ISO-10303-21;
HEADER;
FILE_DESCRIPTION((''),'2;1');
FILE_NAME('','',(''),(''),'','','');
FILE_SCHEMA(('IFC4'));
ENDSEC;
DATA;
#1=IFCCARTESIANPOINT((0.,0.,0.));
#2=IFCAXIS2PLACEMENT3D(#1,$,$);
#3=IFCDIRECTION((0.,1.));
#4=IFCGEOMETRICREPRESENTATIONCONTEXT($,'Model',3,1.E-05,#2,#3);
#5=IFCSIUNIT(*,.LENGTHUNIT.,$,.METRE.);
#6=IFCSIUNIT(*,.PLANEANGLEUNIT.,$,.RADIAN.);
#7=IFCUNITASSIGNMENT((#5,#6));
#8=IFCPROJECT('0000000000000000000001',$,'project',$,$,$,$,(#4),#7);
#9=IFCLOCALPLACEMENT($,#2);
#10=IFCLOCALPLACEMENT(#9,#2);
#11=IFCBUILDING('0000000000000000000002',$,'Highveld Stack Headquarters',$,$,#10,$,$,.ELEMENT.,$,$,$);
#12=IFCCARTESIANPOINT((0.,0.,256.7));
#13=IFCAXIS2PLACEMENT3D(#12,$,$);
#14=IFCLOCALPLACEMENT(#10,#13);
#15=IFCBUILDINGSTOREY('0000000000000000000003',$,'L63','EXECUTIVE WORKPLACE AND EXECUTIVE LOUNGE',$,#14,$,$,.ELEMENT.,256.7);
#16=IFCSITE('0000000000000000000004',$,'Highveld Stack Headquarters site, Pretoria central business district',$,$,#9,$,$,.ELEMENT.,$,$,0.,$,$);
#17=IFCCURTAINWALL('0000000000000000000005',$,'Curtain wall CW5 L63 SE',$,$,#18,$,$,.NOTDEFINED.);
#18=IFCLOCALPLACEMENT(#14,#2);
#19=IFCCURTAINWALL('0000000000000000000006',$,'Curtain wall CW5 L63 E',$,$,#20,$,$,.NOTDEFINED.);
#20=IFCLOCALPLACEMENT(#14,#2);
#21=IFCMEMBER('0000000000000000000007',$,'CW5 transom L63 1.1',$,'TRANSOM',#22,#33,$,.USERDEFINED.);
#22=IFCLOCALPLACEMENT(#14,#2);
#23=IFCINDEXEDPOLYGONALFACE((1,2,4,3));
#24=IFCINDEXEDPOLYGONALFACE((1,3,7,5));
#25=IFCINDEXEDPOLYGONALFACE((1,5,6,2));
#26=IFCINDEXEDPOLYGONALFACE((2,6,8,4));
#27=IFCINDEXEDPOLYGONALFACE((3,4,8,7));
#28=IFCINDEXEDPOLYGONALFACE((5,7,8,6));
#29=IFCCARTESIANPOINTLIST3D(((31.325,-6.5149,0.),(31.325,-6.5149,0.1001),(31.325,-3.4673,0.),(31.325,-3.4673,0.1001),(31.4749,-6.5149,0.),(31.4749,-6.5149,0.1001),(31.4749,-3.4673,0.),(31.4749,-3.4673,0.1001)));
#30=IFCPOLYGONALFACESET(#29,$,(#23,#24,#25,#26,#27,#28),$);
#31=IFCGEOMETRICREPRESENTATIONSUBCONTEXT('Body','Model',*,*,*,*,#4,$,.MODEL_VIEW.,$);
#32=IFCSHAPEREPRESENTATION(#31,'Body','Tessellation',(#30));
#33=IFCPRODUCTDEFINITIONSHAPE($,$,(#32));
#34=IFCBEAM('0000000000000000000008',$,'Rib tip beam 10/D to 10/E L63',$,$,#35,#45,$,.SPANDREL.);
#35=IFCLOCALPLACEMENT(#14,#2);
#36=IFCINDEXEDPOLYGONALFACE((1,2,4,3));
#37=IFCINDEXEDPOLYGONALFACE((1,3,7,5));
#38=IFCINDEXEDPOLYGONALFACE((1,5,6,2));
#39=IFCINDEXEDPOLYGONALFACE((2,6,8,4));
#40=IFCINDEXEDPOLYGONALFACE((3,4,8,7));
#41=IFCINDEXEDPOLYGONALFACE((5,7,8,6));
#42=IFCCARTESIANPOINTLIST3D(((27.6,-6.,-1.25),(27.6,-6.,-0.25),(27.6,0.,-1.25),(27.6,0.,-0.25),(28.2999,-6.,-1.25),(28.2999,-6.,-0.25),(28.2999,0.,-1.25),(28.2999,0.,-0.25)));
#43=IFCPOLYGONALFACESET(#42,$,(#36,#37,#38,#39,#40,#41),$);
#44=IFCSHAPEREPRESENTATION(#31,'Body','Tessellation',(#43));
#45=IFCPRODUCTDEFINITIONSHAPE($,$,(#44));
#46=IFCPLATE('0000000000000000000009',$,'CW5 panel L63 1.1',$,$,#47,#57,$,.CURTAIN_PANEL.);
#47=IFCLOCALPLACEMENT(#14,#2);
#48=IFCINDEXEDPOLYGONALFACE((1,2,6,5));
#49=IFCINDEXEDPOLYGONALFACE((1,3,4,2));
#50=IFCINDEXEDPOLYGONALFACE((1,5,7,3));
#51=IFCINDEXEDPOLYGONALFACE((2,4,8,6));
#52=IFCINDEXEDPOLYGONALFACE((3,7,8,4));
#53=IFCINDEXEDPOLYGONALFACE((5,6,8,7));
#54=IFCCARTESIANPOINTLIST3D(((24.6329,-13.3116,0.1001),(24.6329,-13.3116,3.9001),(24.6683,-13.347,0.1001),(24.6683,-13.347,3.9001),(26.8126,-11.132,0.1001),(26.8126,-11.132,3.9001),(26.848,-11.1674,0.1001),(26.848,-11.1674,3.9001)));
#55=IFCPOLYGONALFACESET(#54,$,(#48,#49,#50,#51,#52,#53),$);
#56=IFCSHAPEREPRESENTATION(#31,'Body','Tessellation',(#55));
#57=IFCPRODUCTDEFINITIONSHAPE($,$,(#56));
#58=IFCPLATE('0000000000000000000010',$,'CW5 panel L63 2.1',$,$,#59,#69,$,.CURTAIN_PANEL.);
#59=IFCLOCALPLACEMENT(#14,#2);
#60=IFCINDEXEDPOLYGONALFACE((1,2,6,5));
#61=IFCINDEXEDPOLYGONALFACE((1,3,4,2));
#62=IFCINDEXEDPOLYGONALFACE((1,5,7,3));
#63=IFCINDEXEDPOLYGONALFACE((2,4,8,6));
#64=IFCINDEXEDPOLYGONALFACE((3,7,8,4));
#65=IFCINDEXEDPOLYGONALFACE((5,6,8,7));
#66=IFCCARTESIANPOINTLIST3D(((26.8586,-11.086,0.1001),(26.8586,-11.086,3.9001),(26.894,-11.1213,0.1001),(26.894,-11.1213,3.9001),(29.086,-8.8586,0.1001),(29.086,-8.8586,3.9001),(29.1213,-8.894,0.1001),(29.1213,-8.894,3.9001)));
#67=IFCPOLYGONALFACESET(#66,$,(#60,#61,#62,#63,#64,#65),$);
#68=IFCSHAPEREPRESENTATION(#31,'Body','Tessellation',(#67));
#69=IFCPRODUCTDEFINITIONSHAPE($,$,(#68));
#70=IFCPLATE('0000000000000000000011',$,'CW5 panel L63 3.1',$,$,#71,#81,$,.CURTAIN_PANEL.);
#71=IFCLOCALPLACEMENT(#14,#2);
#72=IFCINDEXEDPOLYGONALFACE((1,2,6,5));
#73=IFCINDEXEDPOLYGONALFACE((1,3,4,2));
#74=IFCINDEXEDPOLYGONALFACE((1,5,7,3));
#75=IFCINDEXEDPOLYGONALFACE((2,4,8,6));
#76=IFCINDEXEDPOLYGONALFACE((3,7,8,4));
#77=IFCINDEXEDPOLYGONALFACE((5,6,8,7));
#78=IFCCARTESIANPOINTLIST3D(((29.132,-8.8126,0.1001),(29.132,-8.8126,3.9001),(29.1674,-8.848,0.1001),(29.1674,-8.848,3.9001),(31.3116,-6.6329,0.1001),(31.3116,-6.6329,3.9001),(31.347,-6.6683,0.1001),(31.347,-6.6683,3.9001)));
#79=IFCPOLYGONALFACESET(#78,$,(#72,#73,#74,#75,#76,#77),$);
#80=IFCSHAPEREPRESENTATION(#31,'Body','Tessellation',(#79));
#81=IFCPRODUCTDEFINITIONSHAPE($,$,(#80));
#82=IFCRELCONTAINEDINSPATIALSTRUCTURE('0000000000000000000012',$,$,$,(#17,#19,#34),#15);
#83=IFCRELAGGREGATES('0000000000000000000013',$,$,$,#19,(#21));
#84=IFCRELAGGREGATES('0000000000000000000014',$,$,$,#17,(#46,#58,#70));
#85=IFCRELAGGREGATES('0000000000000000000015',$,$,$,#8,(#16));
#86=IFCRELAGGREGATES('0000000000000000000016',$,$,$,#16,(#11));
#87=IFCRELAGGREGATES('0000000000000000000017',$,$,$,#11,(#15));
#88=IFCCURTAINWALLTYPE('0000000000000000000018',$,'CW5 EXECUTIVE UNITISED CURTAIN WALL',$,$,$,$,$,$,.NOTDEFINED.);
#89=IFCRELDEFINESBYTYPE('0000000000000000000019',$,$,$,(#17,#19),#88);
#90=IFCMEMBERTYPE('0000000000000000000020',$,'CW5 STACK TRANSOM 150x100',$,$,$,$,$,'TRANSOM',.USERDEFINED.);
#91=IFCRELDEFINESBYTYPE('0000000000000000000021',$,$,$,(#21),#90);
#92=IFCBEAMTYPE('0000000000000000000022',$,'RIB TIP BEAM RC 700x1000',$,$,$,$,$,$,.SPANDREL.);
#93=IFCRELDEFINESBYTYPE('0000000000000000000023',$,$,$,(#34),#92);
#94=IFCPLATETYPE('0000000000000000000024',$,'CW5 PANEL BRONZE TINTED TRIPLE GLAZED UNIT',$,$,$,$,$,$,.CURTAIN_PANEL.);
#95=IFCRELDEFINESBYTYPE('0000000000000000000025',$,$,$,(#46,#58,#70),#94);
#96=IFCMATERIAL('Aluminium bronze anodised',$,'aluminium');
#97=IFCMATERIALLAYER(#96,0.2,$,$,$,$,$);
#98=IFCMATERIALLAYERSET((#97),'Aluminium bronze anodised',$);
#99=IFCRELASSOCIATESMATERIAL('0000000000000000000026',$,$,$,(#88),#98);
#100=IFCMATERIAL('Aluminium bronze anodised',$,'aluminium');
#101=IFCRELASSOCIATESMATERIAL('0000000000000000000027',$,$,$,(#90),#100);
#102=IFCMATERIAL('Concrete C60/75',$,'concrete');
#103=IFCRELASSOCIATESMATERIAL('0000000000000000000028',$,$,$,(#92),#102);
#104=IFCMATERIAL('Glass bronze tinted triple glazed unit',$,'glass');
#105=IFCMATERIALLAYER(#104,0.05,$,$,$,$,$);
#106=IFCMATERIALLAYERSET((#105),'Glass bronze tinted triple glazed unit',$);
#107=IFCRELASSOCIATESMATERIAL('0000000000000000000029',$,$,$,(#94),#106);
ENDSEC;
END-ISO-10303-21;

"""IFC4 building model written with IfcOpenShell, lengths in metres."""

from ifc_helpers import new_model, si_unit, direction, frame, origin, origin_2d, place, context, subcontext, project, spatial, rectangle, extrude, material, layer, layer_set, material_profile, profile_set, type_object, element, aggregate, save


model = new_model("IFC4")

# Units and contexts
model_context = context("Model", 3, precision=1e-05, world=origin(), true_north=direction((0.0, 1.0)))
body_context = subcontext(model_context, "Body", "Model", "MODEL_VIEW")
ifc_project = project(units=[si_unit("LENGTHUNIT", "METRE"), si_unit("PLANEANGLEUNIT", "RADIAN")], contexts=[model_context])

# Site, building, storey
site_placement = place(None, origin())
site = spatial("IfcSite", under=ifc_project, at=site_placement, Name="Highveld Stack Headquarters site, Pretoria central business district", CompositionType="ELEMENT", RefElevation=0.0)
building_placement = place(site_placement, origin())
building = spatial("IfcBuilding", under=site, at=building_placement, Name="Highveld Stack Headquarters", CompositionType="ELEMENT")
storey_placement = place(building_placement, frame((0.0, 0.0, 256.7)))
storey = spatial("IfcBuildingStorey", under=building, at=storey_placement, Name="L63", Description="EXECUTIVE WORKPLACE AND EXECUTIVE LOUNGE", CompositionType="ELEMENT", Elevation=256.7)

# Shared definitions
ifc_material_1 = material(Name="Aluminium bronze anodised", Category="aluminium")
ifc_layer_1 = layer(ifc_material_1, 0.2)
ifc_layer_set_1 = layer_set([ifc_layer_1], Name="Aluminium bronze anodised")
curtain_wall_type = type_object("IfcCurtainWallType", Name="CW5 EXECUTIVE UNITISED CURTAIN WALL", PredefinedType="NOTDEFINED", material=ifc_layer_set_1)

# Curtain wall
curtain_wall_1_placement = place(storey_placement, origin())
curtain_wall_1 = element("IfcCurtainWall", 1, at=curtain_wall_1_placement, inside=storey, type_object=curtain_wall_type, Name="Curtain wall CW5 L63 SE", PredefinedType="NOTDEFINED")

# Curtain wall
curtain_wall_2_placement = place(storey_placement, origin())
curtain_wall_2 = element("IfcCurtainWall", 2, at=curtain_wall_2_placement, inside=storey, type_object=curtain_wall_type, Name="Curtain wall CW5 L63 E", PredefinedType="NOTDEFINED")

# Member
ifc_material_2 = material(Name="Aluminium bronze anodised", Category="aluminium")
ifc_material_profile_1 = material_profile(ifc_material_2, rectangle(XDim=0.1499, YDim=0.1001, at=origin_2d()), Name="CW5 TRANSOM 150x100")
ifc_profile_set_1 = profile_set([ifc_material_profile_1], Name="Aluminium bronze anodised")
member_type_1 = type_object("IfcMemberType", Name="CW5 STACK TRANSOM 150x100", ElementType="TRANSOM", PredefinedType="USERDEFINED", material=ifc_profile_set_1)
member_1_placement = place(storey_placement, frame((31.3999, -6.5149, 0.05), z_axis=(0.0, 1.0, 0.0), x_axis=(-1.0, 0.0, 0.0)))
member_1 = element("IfcMember", 3, at=member_1_placement, type_object=member_type_1, Name="CW5 transom L63 1.1", ObjectType="TRANSOM", PredefinedType="USERDEFINED", context=body_context, shape_type="SweptSolid", body=[
    extrude(rectangle(XDim=0.1499, YDim=0.1001, at=origin_2d()), origin(), (0.0, 0.0, 1.0), 3.0476),
])
aggregate(curtain_wall_2, [member_1])

# Beam
ifc_material_3 = material(Name="Concrete C60/75", Category="concrete")
ifc_material_profile_2 = material_profile(ifc_material_3, rectangle(XDim=0.7, YDim=1.0, at=origin_2d()), Name="RC 700x1000")
ifc_profile_set_2 = profile_set([ifc_material_profile_2], Name="Concrete C60/75")
beam_type_1 = type_object("IfcBeamType", Name="RIB TIP BEAM RC 700x1000", PredefinedType="SPANDREL", material=ifc_profile_set_2)
beam_1_placement = place(storey_placement, frame((27.95, -6.0, -0.75), z_axis=(0.0, 1.0, 0.0), x_axis=(-1.0, 0.0, 0.0)))
element("IfcBeam", 4, at=beam_1_placement, inside=storey, type_object=beam_type_1, Name="Rib tip beam 10/D to 10/E L63", PredefinedType="SPANDREL", context=body_context, shape_type="SweptSolid", body=[
    extrude(rectangle(XDim=0.7, YDim=1.0, at=origin_2d()), origin(), (0.0, 0.0, 1.0), 6.0),
])

# Plates
ifc_material_4 = material(Name="Glass bronze tinted triple glazed unit", Category="glass")
ifc_layer_2 = layer(ifc_material_4, 0.05)
ifc_layer_set_2 = layer_set([ifc_layer_2], Name="Glass bronze tinted triple glazed unit")
plate_type = type_object("IfcPlateType", Name="CW5 PANEL BRONZE TINTED TRIPLE GLAZED UNIT", PredefinedType="CURTAIN_PANEL", material=ifc_layer_set_2)
plate_1_placement = place(storey_placement, frame((25.7405, -12.2395, 0.1001), z_axis=(0.0, 0.0, 1.0), x_axis=(0.707107, 0.707107, 0.0)))
plate_1 = element("IfcPlate", 5, at=plate_1_placement, type_object=plate_type, Name="CW5 panel L63 1.1", PredefinedType="CURTAIN_PANEL", context=body_context, shape_type="SweptSolid", body=[
    extrude(rectangle(XDim=3.0825, YDim=0.05, at=origin_2d()), origin(), (0.0, 0.0, 1.0), 3.8),
])
plate_2_placement = place(storey_placement, frame((27.99, -9.99, 0.1001), z_axis=(0.0, 0.0, 1.0), x_axis=(0.707107, 0.707107, 0.0)))
plate_2 = element("IfcPlate", 6, at=plate_2_placement, type_object=plate_type, Name="CW5 panel L63 2.1", PredefinedType="CURTAIN_PANEL", context=body_context, shape_type="SweptSolid", body=[
    extrude(rectangle(XDim=3.1499, YDim=0.05, at=origin_2d()), origin(), (0.0, 0.0, 1.0), 3.8),
])
plate_3_placement = place(storey_placement, frame((30.2395, -7.7405, 0.1001), z_axis=(0.0, 0.0, 1.0), x_axis=(0.707107, 0.707107, 0.0)))
plate_3 = element("IfcPlate", 7, at=plate_3_placement, type_object=plate_type, Name="CW5 panel L63 3.1", PredefinedType="CURTAIN_PANEL", context=body_context, shape_type="SweptSolid", body=[
    extrude(rectangle(XDim=3.0825, YDim=0.05, at=origin_2d()), origin(), (0.0, 0.0, 1.0), 3.8),
])
aggregate(curtain_wall_1, [plate_1, plate_2, plate_3])

save(model, "model.ifc")
